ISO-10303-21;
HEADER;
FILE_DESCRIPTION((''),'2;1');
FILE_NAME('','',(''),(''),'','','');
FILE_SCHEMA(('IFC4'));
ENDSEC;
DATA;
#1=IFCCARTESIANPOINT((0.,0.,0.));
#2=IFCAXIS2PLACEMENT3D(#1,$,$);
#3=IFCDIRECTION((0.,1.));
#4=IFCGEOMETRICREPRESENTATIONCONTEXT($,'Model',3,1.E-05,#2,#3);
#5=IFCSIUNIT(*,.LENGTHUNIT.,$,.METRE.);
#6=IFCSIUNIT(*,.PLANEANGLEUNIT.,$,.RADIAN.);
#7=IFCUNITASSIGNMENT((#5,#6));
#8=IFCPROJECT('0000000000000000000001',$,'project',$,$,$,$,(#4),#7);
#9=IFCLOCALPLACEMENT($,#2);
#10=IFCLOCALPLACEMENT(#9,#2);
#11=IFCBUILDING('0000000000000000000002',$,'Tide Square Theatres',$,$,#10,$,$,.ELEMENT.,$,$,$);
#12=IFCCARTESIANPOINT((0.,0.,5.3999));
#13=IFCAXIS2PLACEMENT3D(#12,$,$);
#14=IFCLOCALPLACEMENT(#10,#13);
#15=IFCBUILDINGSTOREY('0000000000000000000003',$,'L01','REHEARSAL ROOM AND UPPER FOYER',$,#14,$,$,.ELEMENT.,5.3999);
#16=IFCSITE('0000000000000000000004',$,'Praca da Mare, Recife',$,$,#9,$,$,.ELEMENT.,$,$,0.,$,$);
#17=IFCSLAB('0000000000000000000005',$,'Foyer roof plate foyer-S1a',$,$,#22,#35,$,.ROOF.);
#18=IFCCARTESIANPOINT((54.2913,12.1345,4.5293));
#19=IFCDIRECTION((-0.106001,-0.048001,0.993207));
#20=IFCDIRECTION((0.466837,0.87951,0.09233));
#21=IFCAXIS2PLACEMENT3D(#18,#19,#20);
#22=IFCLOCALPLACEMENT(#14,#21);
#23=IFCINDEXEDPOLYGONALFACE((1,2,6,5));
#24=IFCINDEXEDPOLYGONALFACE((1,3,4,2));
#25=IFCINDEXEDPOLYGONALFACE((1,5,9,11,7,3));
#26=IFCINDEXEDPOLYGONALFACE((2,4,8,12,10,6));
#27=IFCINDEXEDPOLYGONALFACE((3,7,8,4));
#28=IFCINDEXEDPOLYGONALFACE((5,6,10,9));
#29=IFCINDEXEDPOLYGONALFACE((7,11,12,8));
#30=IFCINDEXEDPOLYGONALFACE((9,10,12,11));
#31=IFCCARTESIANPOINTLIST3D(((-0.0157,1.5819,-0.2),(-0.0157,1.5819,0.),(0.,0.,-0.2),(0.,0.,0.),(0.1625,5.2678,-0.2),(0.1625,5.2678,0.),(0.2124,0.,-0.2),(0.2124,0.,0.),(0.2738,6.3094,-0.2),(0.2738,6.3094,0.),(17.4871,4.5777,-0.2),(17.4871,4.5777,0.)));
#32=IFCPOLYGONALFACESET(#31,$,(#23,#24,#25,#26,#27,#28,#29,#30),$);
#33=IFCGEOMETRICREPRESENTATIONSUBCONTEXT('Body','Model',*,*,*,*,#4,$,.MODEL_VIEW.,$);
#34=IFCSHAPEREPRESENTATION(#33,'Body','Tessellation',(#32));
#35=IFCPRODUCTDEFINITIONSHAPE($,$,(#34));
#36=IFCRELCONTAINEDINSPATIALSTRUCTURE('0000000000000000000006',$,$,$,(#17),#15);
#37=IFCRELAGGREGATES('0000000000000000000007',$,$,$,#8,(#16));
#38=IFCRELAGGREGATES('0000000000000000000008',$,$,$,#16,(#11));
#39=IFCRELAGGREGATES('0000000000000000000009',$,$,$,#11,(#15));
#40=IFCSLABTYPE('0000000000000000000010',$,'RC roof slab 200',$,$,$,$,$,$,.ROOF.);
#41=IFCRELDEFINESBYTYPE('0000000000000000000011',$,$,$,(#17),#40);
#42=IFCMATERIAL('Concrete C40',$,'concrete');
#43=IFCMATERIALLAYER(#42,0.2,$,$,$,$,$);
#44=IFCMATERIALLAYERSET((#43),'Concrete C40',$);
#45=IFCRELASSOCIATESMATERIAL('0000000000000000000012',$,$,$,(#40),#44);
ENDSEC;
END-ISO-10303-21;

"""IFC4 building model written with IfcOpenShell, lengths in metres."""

from ifc_helpers import new_model, si_unit, direction, frame, origin, place, context, subcontext, project, spatial, polyline, outline, extrude, material, layer, layer_set, type_object, element, save


model = new_model("IFC4")

# Units and contexts
model_context = context("Model", 3, precision=1e-05, world=origin(), true_north=direction((0.0, 1.0)))
body_context = subcontext(model_context, "Body", "Model", "MODEL_VIEW")
ifc_project = project(units=[si_unit("LENGTHUNIT", "METRE"), si_unit("PLANEANGLEUNIT", "RADIAN")], contexts=[model_context])

# Site, building, storey
site_placement = place(None, origin())
site = spatial("IfcSite", under=ifc_project, at=site_placement, Name="Praca da Mare, Recife", CompositionType="ELEMENT", RefElevation=0.0)
building_placement = place(site_placement, origin())
building = spatial("IfcBuilding", under=site, at=building_placement, Name="Tide Square Theatres", CompositionType="ELEMENT")
storey_placement = place(building_placement, frame((0.0, 0.0, 5.3999)))
storey = spatial("IfcBuildingStorey", under=building, at=storey_placement, Name="L01", Description="REHEARSAL ROOM AND UPPER FOYER", CompositionType="ELEMENT", Elevation=5.3999)

# Slab
ifc_material_1 = material(Name="Concrete C40", Category="concrete")
ifc_layer_1 = layer(ifc_material_1, 0.2)
ifc_layer_set_1 = layer_set([ifc_layer_1], Name="Concrete C40")
slab_type = type_object("IfcSlabType", Name="RC roof slab 200", PredefinedType="ROOF", material=ifc_layer_set_1)
slab_placement = place(storey_placement, frame((54.2913, 12.1345, 4.5293), z_axis=(-0.106001, -0.048001, 0.993207), x_axis=(0.466837, 0.87951, 0.09233)))
element("IfcSlab", 1, at=slab_placement, inside=storey, type_object=slab_type, Name="Foyer roof plate foyer-S1a", PredefinedType="ROOF", context=body_context, shape_type="SweptSolid", body=[
    extrude(outline(polyline([(0.0, 0.0), (0.2124, 0.0), (17.4871, 4.5777), (0.2738, 6.3094), (0.1625, 5.2678), (-0.0157, 1.5819), (0.0, 0.0)])), origin(), (0.0, 0.0, -1.0), 0.2),
])

save(model, "model.ifc")
